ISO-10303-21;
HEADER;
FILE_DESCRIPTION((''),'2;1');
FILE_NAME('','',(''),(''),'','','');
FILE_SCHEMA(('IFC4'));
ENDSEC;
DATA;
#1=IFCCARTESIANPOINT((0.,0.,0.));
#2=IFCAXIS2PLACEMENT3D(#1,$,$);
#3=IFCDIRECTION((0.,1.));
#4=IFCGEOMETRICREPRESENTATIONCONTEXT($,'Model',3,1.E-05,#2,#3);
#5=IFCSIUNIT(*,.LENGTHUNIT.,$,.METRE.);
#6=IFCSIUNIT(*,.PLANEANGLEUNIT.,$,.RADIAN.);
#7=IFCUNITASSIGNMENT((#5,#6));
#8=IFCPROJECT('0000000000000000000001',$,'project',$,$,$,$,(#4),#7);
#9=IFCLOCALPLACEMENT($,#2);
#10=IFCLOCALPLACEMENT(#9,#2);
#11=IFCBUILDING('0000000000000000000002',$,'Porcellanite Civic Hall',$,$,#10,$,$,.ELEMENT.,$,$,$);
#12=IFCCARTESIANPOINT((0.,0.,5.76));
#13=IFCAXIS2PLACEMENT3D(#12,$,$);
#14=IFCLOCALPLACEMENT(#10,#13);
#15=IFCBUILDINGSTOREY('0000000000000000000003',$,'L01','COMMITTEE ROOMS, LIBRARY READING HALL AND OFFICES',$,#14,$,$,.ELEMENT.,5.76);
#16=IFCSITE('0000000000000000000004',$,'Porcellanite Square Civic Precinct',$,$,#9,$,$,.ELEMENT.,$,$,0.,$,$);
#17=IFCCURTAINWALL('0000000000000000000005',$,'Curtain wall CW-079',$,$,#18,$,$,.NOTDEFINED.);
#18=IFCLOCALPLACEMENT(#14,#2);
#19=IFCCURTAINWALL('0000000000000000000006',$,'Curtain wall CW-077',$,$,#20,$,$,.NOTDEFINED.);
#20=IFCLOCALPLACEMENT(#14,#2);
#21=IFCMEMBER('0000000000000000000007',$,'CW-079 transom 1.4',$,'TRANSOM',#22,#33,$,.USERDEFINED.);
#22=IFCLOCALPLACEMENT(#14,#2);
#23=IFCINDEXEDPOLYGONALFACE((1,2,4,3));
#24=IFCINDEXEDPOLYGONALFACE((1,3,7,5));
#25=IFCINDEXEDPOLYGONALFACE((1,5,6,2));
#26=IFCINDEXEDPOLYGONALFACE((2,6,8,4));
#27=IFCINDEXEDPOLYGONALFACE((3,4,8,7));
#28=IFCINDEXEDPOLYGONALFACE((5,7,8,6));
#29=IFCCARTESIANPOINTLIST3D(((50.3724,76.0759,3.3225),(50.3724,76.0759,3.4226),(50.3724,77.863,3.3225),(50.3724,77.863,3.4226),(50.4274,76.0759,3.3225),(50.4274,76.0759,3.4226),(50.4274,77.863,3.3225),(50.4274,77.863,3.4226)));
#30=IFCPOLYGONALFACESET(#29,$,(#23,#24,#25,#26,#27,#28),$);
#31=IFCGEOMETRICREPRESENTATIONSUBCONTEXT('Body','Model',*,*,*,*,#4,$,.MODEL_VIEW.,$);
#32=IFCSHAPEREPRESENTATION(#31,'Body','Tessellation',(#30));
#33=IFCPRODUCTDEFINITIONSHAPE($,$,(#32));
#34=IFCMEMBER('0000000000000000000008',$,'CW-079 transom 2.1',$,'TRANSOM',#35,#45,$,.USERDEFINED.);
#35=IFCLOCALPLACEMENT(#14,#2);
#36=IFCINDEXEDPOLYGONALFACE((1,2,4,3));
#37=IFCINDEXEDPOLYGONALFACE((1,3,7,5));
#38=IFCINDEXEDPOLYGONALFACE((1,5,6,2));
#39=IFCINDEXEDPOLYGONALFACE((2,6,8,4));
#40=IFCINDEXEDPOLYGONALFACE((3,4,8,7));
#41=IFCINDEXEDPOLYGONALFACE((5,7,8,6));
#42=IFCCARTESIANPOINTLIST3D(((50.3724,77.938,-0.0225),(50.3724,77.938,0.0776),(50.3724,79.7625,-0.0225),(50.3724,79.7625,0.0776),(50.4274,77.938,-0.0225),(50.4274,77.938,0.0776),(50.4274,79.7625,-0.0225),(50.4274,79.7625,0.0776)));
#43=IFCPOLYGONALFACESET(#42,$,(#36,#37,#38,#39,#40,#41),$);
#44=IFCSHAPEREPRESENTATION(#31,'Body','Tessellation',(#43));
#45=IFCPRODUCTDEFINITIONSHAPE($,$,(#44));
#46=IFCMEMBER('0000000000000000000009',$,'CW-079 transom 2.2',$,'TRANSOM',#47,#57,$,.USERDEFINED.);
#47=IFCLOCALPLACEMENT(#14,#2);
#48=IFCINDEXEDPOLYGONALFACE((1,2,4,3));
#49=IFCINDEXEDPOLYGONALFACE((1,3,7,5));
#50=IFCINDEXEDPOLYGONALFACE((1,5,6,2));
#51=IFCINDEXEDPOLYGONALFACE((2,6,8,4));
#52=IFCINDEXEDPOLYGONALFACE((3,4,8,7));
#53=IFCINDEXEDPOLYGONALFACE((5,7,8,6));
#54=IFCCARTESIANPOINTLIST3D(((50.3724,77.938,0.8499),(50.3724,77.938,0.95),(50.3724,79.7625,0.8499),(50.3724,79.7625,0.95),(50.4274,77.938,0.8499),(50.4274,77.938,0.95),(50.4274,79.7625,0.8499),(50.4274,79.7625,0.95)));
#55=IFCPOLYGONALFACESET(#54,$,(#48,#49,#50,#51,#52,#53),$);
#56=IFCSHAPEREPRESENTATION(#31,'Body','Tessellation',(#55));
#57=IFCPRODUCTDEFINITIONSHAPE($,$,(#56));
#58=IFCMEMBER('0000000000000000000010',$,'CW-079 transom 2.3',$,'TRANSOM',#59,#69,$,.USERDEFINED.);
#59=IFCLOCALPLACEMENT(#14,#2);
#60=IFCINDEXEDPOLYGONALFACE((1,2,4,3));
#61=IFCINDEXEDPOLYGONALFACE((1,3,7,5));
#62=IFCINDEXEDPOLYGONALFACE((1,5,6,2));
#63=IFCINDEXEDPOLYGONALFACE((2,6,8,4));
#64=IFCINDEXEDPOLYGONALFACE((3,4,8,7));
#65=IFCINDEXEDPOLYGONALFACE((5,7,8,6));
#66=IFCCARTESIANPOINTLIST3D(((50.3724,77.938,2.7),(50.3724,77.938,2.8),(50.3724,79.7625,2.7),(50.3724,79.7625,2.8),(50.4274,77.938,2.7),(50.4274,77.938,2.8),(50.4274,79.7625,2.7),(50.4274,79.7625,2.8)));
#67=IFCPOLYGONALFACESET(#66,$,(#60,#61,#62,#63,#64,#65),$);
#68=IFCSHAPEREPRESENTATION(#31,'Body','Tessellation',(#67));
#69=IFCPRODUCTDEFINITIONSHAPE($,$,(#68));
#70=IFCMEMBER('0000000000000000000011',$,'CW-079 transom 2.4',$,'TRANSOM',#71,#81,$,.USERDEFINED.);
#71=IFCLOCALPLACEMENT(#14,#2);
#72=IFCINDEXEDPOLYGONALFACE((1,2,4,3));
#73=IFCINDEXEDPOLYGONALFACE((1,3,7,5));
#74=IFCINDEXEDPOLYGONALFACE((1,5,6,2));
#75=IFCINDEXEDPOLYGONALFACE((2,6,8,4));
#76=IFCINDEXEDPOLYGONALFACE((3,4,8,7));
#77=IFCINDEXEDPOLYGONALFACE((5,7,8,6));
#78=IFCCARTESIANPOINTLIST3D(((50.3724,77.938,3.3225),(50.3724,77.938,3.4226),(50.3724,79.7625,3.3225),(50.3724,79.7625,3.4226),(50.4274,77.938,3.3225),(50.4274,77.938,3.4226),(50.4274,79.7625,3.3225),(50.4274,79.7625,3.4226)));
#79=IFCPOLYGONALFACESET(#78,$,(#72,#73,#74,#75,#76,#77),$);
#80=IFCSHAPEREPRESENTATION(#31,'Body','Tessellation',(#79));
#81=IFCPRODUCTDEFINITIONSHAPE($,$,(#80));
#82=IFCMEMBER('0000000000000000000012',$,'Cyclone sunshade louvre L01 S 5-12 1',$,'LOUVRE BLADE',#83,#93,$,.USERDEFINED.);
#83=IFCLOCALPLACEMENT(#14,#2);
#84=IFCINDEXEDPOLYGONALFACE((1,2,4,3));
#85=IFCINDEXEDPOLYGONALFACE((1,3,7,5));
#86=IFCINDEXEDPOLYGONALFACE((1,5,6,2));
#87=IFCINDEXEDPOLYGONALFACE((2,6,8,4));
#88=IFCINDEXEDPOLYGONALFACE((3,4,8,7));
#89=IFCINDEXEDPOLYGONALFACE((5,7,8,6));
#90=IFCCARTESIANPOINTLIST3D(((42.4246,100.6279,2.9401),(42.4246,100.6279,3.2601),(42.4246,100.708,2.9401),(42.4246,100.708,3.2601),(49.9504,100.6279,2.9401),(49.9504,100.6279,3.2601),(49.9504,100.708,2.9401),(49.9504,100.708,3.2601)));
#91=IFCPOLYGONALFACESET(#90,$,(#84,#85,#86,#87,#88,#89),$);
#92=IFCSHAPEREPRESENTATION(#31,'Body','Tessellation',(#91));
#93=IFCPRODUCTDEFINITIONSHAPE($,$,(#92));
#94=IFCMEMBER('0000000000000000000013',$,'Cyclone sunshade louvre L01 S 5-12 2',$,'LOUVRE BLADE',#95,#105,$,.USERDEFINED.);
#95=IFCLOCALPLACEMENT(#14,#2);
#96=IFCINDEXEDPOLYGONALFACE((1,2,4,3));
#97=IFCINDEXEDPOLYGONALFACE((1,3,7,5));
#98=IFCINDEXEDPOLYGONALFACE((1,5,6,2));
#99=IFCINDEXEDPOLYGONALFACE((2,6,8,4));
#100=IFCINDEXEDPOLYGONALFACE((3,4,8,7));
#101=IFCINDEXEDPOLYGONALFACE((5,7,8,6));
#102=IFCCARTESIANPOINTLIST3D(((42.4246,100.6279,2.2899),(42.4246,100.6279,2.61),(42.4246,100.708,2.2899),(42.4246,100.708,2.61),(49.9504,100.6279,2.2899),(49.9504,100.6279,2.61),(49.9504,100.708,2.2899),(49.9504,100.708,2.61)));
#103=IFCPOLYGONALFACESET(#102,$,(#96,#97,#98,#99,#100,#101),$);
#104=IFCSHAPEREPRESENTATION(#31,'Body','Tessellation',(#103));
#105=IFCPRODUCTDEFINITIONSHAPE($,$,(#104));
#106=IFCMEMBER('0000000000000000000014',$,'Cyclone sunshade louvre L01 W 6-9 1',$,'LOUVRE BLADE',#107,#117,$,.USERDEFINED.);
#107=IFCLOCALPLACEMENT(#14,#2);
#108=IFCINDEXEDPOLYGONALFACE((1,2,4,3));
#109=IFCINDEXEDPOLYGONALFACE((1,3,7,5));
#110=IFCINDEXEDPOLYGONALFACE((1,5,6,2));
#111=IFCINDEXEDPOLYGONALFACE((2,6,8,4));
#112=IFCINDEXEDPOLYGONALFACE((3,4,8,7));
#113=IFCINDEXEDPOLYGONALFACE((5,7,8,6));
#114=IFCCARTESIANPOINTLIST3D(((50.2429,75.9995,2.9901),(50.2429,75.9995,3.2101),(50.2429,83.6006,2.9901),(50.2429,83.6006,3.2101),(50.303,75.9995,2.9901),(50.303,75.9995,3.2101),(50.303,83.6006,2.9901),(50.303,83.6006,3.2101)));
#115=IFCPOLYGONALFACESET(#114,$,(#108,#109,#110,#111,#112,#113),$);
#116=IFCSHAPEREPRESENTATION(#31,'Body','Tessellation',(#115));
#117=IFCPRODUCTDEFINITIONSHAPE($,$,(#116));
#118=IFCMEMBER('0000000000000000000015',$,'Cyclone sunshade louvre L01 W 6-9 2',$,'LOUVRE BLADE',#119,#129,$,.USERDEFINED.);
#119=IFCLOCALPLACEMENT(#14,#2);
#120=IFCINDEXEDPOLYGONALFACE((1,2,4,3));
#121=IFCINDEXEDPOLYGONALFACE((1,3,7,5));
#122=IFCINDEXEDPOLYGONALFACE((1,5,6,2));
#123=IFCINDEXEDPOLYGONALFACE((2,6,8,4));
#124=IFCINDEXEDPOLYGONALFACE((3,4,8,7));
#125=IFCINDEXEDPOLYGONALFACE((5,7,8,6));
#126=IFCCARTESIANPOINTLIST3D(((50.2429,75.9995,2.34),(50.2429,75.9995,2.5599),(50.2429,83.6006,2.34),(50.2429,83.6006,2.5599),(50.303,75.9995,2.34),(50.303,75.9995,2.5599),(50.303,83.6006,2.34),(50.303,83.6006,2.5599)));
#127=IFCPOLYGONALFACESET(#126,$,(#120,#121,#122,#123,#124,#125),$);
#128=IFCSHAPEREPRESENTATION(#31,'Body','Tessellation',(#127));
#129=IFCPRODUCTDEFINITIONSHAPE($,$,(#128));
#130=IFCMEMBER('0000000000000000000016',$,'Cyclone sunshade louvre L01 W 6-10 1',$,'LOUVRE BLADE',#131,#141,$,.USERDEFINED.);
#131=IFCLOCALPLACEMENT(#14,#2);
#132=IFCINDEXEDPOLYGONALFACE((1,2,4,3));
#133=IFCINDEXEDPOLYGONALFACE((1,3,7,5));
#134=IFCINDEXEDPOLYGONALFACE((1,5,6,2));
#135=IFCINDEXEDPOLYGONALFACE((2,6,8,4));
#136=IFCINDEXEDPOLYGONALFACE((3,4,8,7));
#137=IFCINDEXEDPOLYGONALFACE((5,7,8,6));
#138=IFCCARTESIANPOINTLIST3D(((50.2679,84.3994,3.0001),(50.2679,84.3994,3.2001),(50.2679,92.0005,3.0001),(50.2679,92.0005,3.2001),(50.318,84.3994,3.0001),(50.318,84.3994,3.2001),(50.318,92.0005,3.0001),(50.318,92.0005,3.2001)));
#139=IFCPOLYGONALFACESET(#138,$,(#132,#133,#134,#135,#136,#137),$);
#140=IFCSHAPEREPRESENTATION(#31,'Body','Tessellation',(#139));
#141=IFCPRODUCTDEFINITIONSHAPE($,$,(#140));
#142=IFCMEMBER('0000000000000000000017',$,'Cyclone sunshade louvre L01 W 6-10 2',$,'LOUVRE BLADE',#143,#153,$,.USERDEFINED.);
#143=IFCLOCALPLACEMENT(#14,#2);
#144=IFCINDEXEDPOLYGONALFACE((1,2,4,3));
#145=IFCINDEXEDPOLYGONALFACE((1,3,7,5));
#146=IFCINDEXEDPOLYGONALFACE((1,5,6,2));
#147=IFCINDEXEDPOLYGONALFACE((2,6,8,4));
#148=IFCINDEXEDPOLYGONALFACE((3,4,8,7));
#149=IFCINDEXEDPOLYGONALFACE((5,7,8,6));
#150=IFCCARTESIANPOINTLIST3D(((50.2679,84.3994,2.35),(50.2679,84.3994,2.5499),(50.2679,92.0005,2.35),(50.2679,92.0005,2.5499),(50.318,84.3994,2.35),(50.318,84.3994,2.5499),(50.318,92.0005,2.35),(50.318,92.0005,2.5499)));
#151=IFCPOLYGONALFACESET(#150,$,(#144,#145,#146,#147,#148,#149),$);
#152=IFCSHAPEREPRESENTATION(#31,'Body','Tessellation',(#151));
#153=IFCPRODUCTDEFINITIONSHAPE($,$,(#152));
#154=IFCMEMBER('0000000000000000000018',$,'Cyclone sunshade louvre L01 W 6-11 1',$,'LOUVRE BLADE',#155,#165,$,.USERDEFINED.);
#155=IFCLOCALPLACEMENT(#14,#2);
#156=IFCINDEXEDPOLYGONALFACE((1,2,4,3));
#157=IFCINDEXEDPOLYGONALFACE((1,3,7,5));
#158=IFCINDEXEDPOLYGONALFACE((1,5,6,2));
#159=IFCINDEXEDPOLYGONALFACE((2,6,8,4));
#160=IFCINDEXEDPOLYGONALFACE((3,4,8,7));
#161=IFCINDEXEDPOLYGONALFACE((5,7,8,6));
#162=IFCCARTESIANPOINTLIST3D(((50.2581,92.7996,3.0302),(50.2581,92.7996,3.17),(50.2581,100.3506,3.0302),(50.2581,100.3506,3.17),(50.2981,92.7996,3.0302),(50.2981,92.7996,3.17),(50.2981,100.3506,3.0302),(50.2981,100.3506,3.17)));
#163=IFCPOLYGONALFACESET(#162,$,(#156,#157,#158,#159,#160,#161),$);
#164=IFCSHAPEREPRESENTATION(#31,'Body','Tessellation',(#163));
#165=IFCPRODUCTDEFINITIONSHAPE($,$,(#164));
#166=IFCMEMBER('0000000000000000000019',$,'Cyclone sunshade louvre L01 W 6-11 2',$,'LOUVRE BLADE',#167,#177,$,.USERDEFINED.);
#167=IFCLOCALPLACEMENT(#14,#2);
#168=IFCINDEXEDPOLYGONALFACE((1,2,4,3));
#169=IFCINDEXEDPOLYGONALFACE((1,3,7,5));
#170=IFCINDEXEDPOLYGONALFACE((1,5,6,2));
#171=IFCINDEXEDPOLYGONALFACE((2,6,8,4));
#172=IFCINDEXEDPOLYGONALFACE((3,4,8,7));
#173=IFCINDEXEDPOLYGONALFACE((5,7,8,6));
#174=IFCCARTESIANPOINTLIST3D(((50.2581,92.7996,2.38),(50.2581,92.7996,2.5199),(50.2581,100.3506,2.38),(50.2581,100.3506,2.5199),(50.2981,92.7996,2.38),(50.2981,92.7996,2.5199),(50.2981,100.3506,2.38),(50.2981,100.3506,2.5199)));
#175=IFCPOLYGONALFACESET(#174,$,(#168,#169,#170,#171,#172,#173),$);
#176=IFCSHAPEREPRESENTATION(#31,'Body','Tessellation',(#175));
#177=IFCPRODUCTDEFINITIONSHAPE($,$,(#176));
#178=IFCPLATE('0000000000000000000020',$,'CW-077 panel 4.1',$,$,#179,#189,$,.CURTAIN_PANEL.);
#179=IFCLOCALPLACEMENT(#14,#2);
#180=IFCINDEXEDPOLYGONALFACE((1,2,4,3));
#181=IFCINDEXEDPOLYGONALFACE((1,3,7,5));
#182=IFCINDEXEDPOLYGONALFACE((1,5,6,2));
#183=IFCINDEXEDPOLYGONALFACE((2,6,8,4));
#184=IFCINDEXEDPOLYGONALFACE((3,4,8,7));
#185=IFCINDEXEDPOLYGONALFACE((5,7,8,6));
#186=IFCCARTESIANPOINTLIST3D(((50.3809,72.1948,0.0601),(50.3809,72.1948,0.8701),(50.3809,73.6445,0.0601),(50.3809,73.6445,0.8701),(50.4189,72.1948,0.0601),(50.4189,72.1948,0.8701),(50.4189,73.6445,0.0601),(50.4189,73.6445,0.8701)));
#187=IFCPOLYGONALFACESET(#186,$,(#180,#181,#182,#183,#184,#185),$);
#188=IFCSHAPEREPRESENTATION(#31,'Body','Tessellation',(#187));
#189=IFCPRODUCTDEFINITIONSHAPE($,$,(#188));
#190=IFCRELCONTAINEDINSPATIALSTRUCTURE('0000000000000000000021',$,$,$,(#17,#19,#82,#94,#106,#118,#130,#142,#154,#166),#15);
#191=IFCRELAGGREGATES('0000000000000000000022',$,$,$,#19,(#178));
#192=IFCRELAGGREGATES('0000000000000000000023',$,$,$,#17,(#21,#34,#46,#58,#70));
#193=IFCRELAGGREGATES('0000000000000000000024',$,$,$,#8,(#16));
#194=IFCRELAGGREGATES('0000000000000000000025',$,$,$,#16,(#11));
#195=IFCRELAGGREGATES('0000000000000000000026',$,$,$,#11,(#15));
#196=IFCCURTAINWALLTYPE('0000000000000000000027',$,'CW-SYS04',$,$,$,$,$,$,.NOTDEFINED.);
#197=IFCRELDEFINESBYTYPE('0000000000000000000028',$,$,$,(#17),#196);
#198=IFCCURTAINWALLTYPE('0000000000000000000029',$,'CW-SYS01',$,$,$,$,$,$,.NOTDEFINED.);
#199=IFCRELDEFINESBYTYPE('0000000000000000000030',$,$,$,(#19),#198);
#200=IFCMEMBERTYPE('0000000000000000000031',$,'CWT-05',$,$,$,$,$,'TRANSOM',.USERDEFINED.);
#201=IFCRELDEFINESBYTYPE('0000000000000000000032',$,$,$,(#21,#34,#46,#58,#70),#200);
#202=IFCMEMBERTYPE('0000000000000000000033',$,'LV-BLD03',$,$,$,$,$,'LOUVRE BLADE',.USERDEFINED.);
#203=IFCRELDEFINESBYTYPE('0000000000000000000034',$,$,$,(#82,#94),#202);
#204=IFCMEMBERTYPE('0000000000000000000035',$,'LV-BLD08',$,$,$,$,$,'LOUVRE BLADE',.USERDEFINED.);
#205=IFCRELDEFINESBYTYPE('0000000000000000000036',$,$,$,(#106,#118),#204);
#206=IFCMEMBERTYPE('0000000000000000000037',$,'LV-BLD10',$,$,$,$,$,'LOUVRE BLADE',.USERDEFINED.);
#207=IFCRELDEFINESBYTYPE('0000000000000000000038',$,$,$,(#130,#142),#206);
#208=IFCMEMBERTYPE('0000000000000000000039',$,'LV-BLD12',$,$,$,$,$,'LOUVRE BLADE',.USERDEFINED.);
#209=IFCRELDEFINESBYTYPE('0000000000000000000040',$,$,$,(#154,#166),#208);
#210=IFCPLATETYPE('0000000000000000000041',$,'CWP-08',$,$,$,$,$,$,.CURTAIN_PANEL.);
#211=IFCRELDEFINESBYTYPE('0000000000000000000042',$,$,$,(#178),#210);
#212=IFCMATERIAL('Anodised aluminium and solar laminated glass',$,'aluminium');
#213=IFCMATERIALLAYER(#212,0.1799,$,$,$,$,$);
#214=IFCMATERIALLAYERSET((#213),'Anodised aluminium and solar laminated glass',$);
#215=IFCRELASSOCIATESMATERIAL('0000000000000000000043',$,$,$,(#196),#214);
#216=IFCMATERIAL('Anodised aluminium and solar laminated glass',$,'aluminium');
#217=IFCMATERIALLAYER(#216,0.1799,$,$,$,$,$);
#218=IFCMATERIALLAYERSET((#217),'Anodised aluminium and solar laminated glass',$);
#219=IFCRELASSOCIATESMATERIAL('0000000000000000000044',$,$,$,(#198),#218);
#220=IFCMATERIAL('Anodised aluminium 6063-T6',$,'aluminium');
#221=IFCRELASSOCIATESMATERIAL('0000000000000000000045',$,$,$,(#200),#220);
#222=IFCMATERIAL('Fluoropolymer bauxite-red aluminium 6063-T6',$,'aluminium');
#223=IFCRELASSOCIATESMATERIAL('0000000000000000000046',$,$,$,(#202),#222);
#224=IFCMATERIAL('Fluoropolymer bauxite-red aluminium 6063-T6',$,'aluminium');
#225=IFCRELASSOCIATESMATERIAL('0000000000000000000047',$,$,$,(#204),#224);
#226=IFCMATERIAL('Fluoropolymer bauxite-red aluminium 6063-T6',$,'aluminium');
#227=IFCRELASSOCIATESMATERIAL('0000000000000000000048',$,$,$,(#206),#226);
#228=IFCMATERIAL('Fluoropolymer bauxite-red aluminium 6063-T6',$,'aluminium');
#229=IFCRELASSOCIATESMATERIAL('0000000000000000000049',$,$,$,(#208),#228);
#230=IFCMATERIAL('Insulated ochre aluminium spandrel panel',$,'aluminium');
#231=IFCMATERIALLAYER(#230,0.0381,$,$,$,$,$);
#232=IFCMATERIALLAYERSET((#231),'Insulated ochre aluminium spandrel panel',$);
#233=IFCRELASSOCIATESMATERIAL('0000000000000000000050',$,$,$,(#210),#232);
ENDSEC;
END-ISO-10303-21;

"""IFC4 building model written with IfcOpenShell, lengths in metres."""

from ifc_helpers import new_model, si_unit, direction, frame, origin, origin_2d, place, context, subcontext, project, spatial, rectangle, extrude, material, layer, layer_set, material_profile, profile_set, type_object, element, aggregate, save


model = new_model("IFC4")

# Units and contexts
model_context = context("Model", 3, precision=1e-05, world=origin(), true_north=direction((0.0, 1.0)))
body_context = subcontext(model_context, "Body", "Model", "MODEL_VIEW")
ifc_project = project(units=[si_unit("LENGTHUNIT", "METRE"), si_unit("PLANEANGLEUNIT", "RADIAN")], contexts=[model_context])

# Site, building, storey
site_placement = place(None, origin())
site = spatial("IfcSite", under=ifc_project, at=site_placement, Name="Porcellanite Square Civic Precinct", CompositionType="ELEMENT", RefElevation=0.0)
building_placement = place(site_placement, origin())
building = spatial("IfcBuilding", under=site, at=building_placement, Name="Porcellanite Civic Hall", CompositionType="ELEMENT")
storey_placement = place(building_placement, frame((0.0, 0.0, 5.76)))
storey = spatial("IfcBuildingStorey", under=building, at=storey_placement, Name="L01", Description="COMMITTEE ROOMS, LIBRARY READING HALL AND OFFICES", CompositionType="ELEMENT", Elevation=5.76)

# Curtain walls
ifc_material_1 = material(Name="Anodised aluminium and solar laminated glass", Category="aluminium")
ifc_layer_1 = layer(ifc_material_1, 0.1799)
ifc_layer_set_1 = layer_set([ifc_layer_1], Name="Anodised aluminium and solar laminated glass")
curtain_wall_type_1 = type_object("IfcCurtainWallType", Name="CW-SYS04", PredefinedType="NOTDEFINED", material=ifc_layer_set_1)
curtain_wall_1_placement = place(storey_placement, origin())
curtain_wall_1 = element("IfcCurtainWall", 1, at=curtain_wall_1_placement, inside=storey, type_object=curtain_wall_type_1, Name="Curtain wall CW-079", PredefinedType="NOTDEFINED")
ifc_material_2 = material(Name="Anodised aluminium and solar laminated glass", Category="aluminium")
ifc_layer_2 = layer(ifc_material_2, 0.1799)
ifc_layer_set_2 = layer_set([ifc_layer_2], Name="Anodised aluminium and solar laminated glass")
curtain_wall_type_2 = type_object("IfcCurtainWallType", Name="CW-SYS01", PredefinedType="NOTDEFINED", material=ifc_layer_set_2)
curtain_wall_2_placement = place(storey_placement, origin())
curtain_wall_2 = element("IfcCurtainWall", 2, at=curtain_wall_2_placement, inside=storey, type_object=curtain_wall_type_2, Name="Curtain wall CW-077", PredefinedType="NOTDEFINED")

# Members
ifc_material_3 = material(Name="Anodised aluminium 6063-T6", Category="aluminium")
ifc_material_profile_1 = material_profile(ifc_material_3, rectangle(XDim=0.0549, YDim=0.1001, at=origin_2d()), Name="AL-55x100")
ifc_profile_set_1 = profile_set([ifc_material_profile_1], Name="Anodised aluminium 6063-T6")
member_type_1 = type_object("IfcMemberType", Name="CWT-05", ElementType="TRANSOM", PredefinedType="USERDEFINED", material=ifc_profile_set_1)
member_1_placement = place(storey_placement, frame((50.3999, 76.0759, 3.3726), z_axis=(0.0, 1.0, 0.0), x_axis=(-1.0, 0.0, 0.0)))
member_1 = element("IfcMember", 3, at=member_1_placement, type_object=member_type_1, Name="CW-079 transom 1.4", ObjectType="TRANSOM", PredefinedType="USERDEFINED", context=body_context, shape_type="SweptSolid", body=[
    extrude(rectangle(XDim=0.0549, YDim=0.1001, at=origin_2d()), origin(), (0.0, 0.0, 1.0), 1.7871),
])
member_2_placement = place(storey_placement, frame((50.3999, 77.938, 0.0276), z_axis=(0.0, 1.0, 0.0), x_axis=(-1.0, 0.0, 0.0)))
member_2 = element("IfcMember", 4, at=member_2_placement, type_object=member_type_1, Name="CW-079 transom 2.1", ObjectType="TRANSOM", PredefinedType="USERDEFINED", context=body_context, shape_type="SweptSolid", body=[
    extrude(rectangle(XDim=0.0549, YDim=0.1001, at=origin_2d()), origin(), (0.0, 0.0, 1.0), 1.8245),
])
member_3_placement = place(storey_placement, frame((50.3999, 77.938, 0.8999), z_axis=(0.0, 1.0, 0.0), x_axis=(-1.0, 0.0, 0.0)))
member_3 = element("IfcMember", 5, at=member_3_placement, type_object=member_type_1, Name="CW-079 transom 2.2", ObjectType="TRANSOM", PredefinedType="USERDEFINED", context=body_context, shape_type="SweptSolid", body=[
    extrude(rectangle(XDim=0.0549, YDim=0.1001, at=origin_2d()), origin(), (0.0, 0.0, 1.0), 1.8245),
])
member_4_placement = place(storey_placement, frame((50.3999, 77.938, 2.75), z_axis=(0.0, 1.0, 0.0), x_axis=(-1.0, 0.0, 0.0)))
member_4 = element("IfcMember", 6, at=member_4_placement, type_object=member_type_1, Name="CW-079 transom 2.3", ObjectType="TRANSOM", PredefinedType="USERDEFINED", context=body_context, shape_type="SweptSolid", body=[
    extrude(rectangle(XDim=0.0549, YDim=0.1001, at=origin_2d()), origin(), (0.0, 0.0, 1.0), 1.8245),
])
member_5_placement = place(storey_placement, frame((50.3999, 77.938, 3.3726), z_axis=(0.0, 1.0, 0.0), x_axis=(-1.0, 0.0, 0.0)))
member_5 = element("IfcMember", 7, at=member_5_placement, type_object=member_type_1, Name="CW-079 transom 2.4", ObjectType="TRANSOM", PredefinedType="USERDEFINED", context=body_context, shape_type="SweptSolid", body=[
    extrude(rectangle(XDim=0.0549, YDim=0.1001, at=origin_2d()), origin(), (0.0, 0.0, 1.0), 1.8245),
])

# Members
ifc_material_4 = material(Name="Fluoropolymer bauxite-red aluminium 6063-T6", Category="aluminium")
ifc_material_profile_2 = material_profile(ifc_material_4, rectangle(XDim=0.0801, YDim=0.3201, at=origin_2d()), Name="AL-80x320")
ifc_profile_set_2 = profile_set([ifc_material_profile_2], Name="Fluoropolymer bauxite-red aluminium 6063-T6")
member_type_2 = type_object("IfcMemberType", Name="LV-BLD03", ElementType="LOUVRE BLADE", PredefinedType="USERDEFINED", material=ifc_profile_set_2)
for number, where, z_axis, x_axis, name in (
    (8, (49.9504, 100.668, 3.1001), (-1.0, 0.0, 0.0), (0.0, -1.0, 0.0), "Cyclone sunshade louvre L01 S 5-12 1"),
    (9, (49.9504, 100.668, 2.45), (-1.0, 0.0, 0.0), (0.0, -1.0, 0.0), "Cyclone sunshade louvre L01 S 5-12 2"),
):
    element("IfcMember", number, at=place(storey_placement, frame(where, z_axis=z_axis, x_axis=x_axis)), inside=storey, type_object=member_type_2, Name=name, ObjectType="LOUVRE BLADE", PredefinedType="USERDEFINED", context=body_context, shape_type="SweptSolid", body=[
        extrude(rectangle(XDim=0.0801, YDim=0.3201, at=origin_2d()), origin(), (0.0, 0.0, 1.0), 7.5259),
    ])
ifc_material_5 = material(Name="Fluoropolymer bauxite-red aluminium 6063-T6", Category="aluminium")
ifc_material_profile_3 = material_profile(ifc_material_5, rectangle(XDim=0.0601, YDim=0.22, at=origin_2d()), Name="AL-60x220")
ifc_profile_set_3 = profile_set([ifc_material_profile_3], Name="Fluoropolymer bauxite-red aluminium 6063-T6")
member_type_3 = type_object("IfcMemberType", Name="LV-BLD08", ElementType="LOUVRE BLADE", PredefinedType="USERDEFINED", material=ifc_profile_set_3)
for number, where, z_axis, x_axis, name in (
    (10, (50.2729, 75.9995, 3.1001), (0.0, 1.0, 0.0), (-1.0, 0.0, 0.0), "Cyclone sunshade louvre L01 W 6-9 1"),
    (11, (50.2729, 75.9995, 2.45), (0.0, 1.0, 0.0), (-1.0, 0.0, 0.0), "Cyclone sunshade louvre L01 W 6-9 2"),
):
    element("IfcMember", number, at=place(storey_placement, frame(where, z_axis=z_axis, x_axis=x_axis)), inside=storey, type_object=member_type_3, Name=name, ObjectType="LOUVRE BLADE", PredefinedType="USERDEFINED", context=body_context, shape_type="SweptSolid", body=[
        extrude(rectangle(XDim=0.0601, YDim=0.22, at=origin_2d()), origin(), (0.0, 0.0, 1.0), 7.6011),
    ])
ifc_material_6 = material(Name="Fluoropolymer bauxite-red aluminium 6063-T6", Category="aluminium")
ifc_material_profile_4 = material_profile(ifc_material_6, rectangle(XDim=0.05, YDim=0.2, at=origin_2d()), Name="AL-50x200")
ifc_profile_set_4 = profile_set([ifc_material_profile_4], Name="Fluoropolymer bauxite-red aluminium 6063-T6")
member_type_4 = type_object("IfcMemberType", Name="LV-BLD10", ElementType="LOUVRE BLADE", PredefinedType="USERDEFINED", material=ifc_profile_set_4)
for number, where, z_axis, x_axis, name in (
    (12, (50.293, 84.3994, 3.1001), (0.0, 1.0, 0.0), (-1.0, 0.0, 0.0), "Cyclone sunshade louvre L01 W 6-10 1"),
    (13, (50.293, 84.3994, 2.45), (0.0, 1.0, 0.0), (-1.0, 0.0, 0.0), "Cyclone sunshade louvre L01 W 6-10 2"),
):
    element("IfcMember", number, at=place(storey_placement, frame(where, z_axis=z_axis, x_axis=x_axis)), inside=storey, type_object=member_type_4, Name=name, ObjectType="LOUVRE BLADE", PredefinedType="USERDEFINED", context=body_context, shape_type="SweptSolid", body=[
        extrude(rectangle(XDim=0.05, YDim=0.2, at=origin_2d()), origin(), (0.0, 0.0, 1.0), 7.6011),
    ])
ifc_material_7 = material(Name="Fluoropolymer bauxite-red aluminium 6063-T6", Category="aluminium")
ifc_material_profile_5 = material_profile(ifc_material_7, rectangle(XDim=0.04, YDim=0.1399, at=origin_2d()), Name="AL-40x140")
ifc_profile_set_5 = profile_set([ifc_material_profile_5], Name="Fluoropolymer bauxite-red aluminium 6063-T6")
member_type_5 = type_object("IfcMemberType", Name="LV-BLD12", ElementType="LOUVRE BLADE", PredefinedType="USERDEFINED", material=ifc_profile_set_5)
for number, where, z_axis, x_axis, name in (
    (14, (50.2781, 92.7996, 3.1001), (0.0, 1.0, 0.0), (-1.0, 0.0, 0.0), "Cyclone sunshade louvre L01 W 6-11 1"),
    (15, (50.2781, 92.7996, 2.45), (0.0, 1.0, 0.0), (-1.0, 0.0, 0.0), "Cyclone sunshade louvre L01 W 6-11 2"),
):
    element("IfcMember", number, at=place(storey_placement, frame(where, z_axis=z_axis, x_axis=x_axis)), inside=storey, type_object=member_type_5, Name=name, ObjectType="LOUVRE BLADE", PredefinedType="USERDEFINED", context=body_context, shape_type="SweptSolid", body=[
        extrude(rectangle(XDim=0.04, YDim=0.1399, at=origin_2d()), origin(), (0.0, 0.0, 1.0), 7.551),
    ])

# Plate
ifc_material_8 = material(Name="Insulated ochre aluminium spandrel panel", Category="aluminium")
ifc_layer_3 = layer(ifc_material_8, 0.0381)
ifc_layer_set_3 = layer_set([ifc_layer_3], Name="Insulated ochre aluminium spandrel panel")
plate_type_1 = type_object("IfcPlateType", Name="CWP-08", PredefinedType="CURTAIN_PANEL", material=ifc_layer_set_3)
plate_1_placement = place(storey_placement, frame((50.3999, 72.9197, 0.0601), z_axis=(0.0, 0.0, 1.0), x_axis=(0.0, 1.0, 0.0)))
plate_1 = element("IfcPlate", 16, at=plate_1_placement, type_object=plate_type_1, Name="CW-077 panel 4.1", PredefinedType="CURTAIN_PANEL", context=body_context, shape_type="SweptSolid", body=[
    extrude(rectangle(XDim=1.4497, YDim=0.0381, at=origin_2d()), origin(), (0.0, 0.0, 1.0), 0.8101),
])
aggregate(curtain_wall_2, [plate_1])
aggregate(curtain_wall_1, [member_1, member_2, member_3, member_4, member_5])

save(model, "model.ifc")
